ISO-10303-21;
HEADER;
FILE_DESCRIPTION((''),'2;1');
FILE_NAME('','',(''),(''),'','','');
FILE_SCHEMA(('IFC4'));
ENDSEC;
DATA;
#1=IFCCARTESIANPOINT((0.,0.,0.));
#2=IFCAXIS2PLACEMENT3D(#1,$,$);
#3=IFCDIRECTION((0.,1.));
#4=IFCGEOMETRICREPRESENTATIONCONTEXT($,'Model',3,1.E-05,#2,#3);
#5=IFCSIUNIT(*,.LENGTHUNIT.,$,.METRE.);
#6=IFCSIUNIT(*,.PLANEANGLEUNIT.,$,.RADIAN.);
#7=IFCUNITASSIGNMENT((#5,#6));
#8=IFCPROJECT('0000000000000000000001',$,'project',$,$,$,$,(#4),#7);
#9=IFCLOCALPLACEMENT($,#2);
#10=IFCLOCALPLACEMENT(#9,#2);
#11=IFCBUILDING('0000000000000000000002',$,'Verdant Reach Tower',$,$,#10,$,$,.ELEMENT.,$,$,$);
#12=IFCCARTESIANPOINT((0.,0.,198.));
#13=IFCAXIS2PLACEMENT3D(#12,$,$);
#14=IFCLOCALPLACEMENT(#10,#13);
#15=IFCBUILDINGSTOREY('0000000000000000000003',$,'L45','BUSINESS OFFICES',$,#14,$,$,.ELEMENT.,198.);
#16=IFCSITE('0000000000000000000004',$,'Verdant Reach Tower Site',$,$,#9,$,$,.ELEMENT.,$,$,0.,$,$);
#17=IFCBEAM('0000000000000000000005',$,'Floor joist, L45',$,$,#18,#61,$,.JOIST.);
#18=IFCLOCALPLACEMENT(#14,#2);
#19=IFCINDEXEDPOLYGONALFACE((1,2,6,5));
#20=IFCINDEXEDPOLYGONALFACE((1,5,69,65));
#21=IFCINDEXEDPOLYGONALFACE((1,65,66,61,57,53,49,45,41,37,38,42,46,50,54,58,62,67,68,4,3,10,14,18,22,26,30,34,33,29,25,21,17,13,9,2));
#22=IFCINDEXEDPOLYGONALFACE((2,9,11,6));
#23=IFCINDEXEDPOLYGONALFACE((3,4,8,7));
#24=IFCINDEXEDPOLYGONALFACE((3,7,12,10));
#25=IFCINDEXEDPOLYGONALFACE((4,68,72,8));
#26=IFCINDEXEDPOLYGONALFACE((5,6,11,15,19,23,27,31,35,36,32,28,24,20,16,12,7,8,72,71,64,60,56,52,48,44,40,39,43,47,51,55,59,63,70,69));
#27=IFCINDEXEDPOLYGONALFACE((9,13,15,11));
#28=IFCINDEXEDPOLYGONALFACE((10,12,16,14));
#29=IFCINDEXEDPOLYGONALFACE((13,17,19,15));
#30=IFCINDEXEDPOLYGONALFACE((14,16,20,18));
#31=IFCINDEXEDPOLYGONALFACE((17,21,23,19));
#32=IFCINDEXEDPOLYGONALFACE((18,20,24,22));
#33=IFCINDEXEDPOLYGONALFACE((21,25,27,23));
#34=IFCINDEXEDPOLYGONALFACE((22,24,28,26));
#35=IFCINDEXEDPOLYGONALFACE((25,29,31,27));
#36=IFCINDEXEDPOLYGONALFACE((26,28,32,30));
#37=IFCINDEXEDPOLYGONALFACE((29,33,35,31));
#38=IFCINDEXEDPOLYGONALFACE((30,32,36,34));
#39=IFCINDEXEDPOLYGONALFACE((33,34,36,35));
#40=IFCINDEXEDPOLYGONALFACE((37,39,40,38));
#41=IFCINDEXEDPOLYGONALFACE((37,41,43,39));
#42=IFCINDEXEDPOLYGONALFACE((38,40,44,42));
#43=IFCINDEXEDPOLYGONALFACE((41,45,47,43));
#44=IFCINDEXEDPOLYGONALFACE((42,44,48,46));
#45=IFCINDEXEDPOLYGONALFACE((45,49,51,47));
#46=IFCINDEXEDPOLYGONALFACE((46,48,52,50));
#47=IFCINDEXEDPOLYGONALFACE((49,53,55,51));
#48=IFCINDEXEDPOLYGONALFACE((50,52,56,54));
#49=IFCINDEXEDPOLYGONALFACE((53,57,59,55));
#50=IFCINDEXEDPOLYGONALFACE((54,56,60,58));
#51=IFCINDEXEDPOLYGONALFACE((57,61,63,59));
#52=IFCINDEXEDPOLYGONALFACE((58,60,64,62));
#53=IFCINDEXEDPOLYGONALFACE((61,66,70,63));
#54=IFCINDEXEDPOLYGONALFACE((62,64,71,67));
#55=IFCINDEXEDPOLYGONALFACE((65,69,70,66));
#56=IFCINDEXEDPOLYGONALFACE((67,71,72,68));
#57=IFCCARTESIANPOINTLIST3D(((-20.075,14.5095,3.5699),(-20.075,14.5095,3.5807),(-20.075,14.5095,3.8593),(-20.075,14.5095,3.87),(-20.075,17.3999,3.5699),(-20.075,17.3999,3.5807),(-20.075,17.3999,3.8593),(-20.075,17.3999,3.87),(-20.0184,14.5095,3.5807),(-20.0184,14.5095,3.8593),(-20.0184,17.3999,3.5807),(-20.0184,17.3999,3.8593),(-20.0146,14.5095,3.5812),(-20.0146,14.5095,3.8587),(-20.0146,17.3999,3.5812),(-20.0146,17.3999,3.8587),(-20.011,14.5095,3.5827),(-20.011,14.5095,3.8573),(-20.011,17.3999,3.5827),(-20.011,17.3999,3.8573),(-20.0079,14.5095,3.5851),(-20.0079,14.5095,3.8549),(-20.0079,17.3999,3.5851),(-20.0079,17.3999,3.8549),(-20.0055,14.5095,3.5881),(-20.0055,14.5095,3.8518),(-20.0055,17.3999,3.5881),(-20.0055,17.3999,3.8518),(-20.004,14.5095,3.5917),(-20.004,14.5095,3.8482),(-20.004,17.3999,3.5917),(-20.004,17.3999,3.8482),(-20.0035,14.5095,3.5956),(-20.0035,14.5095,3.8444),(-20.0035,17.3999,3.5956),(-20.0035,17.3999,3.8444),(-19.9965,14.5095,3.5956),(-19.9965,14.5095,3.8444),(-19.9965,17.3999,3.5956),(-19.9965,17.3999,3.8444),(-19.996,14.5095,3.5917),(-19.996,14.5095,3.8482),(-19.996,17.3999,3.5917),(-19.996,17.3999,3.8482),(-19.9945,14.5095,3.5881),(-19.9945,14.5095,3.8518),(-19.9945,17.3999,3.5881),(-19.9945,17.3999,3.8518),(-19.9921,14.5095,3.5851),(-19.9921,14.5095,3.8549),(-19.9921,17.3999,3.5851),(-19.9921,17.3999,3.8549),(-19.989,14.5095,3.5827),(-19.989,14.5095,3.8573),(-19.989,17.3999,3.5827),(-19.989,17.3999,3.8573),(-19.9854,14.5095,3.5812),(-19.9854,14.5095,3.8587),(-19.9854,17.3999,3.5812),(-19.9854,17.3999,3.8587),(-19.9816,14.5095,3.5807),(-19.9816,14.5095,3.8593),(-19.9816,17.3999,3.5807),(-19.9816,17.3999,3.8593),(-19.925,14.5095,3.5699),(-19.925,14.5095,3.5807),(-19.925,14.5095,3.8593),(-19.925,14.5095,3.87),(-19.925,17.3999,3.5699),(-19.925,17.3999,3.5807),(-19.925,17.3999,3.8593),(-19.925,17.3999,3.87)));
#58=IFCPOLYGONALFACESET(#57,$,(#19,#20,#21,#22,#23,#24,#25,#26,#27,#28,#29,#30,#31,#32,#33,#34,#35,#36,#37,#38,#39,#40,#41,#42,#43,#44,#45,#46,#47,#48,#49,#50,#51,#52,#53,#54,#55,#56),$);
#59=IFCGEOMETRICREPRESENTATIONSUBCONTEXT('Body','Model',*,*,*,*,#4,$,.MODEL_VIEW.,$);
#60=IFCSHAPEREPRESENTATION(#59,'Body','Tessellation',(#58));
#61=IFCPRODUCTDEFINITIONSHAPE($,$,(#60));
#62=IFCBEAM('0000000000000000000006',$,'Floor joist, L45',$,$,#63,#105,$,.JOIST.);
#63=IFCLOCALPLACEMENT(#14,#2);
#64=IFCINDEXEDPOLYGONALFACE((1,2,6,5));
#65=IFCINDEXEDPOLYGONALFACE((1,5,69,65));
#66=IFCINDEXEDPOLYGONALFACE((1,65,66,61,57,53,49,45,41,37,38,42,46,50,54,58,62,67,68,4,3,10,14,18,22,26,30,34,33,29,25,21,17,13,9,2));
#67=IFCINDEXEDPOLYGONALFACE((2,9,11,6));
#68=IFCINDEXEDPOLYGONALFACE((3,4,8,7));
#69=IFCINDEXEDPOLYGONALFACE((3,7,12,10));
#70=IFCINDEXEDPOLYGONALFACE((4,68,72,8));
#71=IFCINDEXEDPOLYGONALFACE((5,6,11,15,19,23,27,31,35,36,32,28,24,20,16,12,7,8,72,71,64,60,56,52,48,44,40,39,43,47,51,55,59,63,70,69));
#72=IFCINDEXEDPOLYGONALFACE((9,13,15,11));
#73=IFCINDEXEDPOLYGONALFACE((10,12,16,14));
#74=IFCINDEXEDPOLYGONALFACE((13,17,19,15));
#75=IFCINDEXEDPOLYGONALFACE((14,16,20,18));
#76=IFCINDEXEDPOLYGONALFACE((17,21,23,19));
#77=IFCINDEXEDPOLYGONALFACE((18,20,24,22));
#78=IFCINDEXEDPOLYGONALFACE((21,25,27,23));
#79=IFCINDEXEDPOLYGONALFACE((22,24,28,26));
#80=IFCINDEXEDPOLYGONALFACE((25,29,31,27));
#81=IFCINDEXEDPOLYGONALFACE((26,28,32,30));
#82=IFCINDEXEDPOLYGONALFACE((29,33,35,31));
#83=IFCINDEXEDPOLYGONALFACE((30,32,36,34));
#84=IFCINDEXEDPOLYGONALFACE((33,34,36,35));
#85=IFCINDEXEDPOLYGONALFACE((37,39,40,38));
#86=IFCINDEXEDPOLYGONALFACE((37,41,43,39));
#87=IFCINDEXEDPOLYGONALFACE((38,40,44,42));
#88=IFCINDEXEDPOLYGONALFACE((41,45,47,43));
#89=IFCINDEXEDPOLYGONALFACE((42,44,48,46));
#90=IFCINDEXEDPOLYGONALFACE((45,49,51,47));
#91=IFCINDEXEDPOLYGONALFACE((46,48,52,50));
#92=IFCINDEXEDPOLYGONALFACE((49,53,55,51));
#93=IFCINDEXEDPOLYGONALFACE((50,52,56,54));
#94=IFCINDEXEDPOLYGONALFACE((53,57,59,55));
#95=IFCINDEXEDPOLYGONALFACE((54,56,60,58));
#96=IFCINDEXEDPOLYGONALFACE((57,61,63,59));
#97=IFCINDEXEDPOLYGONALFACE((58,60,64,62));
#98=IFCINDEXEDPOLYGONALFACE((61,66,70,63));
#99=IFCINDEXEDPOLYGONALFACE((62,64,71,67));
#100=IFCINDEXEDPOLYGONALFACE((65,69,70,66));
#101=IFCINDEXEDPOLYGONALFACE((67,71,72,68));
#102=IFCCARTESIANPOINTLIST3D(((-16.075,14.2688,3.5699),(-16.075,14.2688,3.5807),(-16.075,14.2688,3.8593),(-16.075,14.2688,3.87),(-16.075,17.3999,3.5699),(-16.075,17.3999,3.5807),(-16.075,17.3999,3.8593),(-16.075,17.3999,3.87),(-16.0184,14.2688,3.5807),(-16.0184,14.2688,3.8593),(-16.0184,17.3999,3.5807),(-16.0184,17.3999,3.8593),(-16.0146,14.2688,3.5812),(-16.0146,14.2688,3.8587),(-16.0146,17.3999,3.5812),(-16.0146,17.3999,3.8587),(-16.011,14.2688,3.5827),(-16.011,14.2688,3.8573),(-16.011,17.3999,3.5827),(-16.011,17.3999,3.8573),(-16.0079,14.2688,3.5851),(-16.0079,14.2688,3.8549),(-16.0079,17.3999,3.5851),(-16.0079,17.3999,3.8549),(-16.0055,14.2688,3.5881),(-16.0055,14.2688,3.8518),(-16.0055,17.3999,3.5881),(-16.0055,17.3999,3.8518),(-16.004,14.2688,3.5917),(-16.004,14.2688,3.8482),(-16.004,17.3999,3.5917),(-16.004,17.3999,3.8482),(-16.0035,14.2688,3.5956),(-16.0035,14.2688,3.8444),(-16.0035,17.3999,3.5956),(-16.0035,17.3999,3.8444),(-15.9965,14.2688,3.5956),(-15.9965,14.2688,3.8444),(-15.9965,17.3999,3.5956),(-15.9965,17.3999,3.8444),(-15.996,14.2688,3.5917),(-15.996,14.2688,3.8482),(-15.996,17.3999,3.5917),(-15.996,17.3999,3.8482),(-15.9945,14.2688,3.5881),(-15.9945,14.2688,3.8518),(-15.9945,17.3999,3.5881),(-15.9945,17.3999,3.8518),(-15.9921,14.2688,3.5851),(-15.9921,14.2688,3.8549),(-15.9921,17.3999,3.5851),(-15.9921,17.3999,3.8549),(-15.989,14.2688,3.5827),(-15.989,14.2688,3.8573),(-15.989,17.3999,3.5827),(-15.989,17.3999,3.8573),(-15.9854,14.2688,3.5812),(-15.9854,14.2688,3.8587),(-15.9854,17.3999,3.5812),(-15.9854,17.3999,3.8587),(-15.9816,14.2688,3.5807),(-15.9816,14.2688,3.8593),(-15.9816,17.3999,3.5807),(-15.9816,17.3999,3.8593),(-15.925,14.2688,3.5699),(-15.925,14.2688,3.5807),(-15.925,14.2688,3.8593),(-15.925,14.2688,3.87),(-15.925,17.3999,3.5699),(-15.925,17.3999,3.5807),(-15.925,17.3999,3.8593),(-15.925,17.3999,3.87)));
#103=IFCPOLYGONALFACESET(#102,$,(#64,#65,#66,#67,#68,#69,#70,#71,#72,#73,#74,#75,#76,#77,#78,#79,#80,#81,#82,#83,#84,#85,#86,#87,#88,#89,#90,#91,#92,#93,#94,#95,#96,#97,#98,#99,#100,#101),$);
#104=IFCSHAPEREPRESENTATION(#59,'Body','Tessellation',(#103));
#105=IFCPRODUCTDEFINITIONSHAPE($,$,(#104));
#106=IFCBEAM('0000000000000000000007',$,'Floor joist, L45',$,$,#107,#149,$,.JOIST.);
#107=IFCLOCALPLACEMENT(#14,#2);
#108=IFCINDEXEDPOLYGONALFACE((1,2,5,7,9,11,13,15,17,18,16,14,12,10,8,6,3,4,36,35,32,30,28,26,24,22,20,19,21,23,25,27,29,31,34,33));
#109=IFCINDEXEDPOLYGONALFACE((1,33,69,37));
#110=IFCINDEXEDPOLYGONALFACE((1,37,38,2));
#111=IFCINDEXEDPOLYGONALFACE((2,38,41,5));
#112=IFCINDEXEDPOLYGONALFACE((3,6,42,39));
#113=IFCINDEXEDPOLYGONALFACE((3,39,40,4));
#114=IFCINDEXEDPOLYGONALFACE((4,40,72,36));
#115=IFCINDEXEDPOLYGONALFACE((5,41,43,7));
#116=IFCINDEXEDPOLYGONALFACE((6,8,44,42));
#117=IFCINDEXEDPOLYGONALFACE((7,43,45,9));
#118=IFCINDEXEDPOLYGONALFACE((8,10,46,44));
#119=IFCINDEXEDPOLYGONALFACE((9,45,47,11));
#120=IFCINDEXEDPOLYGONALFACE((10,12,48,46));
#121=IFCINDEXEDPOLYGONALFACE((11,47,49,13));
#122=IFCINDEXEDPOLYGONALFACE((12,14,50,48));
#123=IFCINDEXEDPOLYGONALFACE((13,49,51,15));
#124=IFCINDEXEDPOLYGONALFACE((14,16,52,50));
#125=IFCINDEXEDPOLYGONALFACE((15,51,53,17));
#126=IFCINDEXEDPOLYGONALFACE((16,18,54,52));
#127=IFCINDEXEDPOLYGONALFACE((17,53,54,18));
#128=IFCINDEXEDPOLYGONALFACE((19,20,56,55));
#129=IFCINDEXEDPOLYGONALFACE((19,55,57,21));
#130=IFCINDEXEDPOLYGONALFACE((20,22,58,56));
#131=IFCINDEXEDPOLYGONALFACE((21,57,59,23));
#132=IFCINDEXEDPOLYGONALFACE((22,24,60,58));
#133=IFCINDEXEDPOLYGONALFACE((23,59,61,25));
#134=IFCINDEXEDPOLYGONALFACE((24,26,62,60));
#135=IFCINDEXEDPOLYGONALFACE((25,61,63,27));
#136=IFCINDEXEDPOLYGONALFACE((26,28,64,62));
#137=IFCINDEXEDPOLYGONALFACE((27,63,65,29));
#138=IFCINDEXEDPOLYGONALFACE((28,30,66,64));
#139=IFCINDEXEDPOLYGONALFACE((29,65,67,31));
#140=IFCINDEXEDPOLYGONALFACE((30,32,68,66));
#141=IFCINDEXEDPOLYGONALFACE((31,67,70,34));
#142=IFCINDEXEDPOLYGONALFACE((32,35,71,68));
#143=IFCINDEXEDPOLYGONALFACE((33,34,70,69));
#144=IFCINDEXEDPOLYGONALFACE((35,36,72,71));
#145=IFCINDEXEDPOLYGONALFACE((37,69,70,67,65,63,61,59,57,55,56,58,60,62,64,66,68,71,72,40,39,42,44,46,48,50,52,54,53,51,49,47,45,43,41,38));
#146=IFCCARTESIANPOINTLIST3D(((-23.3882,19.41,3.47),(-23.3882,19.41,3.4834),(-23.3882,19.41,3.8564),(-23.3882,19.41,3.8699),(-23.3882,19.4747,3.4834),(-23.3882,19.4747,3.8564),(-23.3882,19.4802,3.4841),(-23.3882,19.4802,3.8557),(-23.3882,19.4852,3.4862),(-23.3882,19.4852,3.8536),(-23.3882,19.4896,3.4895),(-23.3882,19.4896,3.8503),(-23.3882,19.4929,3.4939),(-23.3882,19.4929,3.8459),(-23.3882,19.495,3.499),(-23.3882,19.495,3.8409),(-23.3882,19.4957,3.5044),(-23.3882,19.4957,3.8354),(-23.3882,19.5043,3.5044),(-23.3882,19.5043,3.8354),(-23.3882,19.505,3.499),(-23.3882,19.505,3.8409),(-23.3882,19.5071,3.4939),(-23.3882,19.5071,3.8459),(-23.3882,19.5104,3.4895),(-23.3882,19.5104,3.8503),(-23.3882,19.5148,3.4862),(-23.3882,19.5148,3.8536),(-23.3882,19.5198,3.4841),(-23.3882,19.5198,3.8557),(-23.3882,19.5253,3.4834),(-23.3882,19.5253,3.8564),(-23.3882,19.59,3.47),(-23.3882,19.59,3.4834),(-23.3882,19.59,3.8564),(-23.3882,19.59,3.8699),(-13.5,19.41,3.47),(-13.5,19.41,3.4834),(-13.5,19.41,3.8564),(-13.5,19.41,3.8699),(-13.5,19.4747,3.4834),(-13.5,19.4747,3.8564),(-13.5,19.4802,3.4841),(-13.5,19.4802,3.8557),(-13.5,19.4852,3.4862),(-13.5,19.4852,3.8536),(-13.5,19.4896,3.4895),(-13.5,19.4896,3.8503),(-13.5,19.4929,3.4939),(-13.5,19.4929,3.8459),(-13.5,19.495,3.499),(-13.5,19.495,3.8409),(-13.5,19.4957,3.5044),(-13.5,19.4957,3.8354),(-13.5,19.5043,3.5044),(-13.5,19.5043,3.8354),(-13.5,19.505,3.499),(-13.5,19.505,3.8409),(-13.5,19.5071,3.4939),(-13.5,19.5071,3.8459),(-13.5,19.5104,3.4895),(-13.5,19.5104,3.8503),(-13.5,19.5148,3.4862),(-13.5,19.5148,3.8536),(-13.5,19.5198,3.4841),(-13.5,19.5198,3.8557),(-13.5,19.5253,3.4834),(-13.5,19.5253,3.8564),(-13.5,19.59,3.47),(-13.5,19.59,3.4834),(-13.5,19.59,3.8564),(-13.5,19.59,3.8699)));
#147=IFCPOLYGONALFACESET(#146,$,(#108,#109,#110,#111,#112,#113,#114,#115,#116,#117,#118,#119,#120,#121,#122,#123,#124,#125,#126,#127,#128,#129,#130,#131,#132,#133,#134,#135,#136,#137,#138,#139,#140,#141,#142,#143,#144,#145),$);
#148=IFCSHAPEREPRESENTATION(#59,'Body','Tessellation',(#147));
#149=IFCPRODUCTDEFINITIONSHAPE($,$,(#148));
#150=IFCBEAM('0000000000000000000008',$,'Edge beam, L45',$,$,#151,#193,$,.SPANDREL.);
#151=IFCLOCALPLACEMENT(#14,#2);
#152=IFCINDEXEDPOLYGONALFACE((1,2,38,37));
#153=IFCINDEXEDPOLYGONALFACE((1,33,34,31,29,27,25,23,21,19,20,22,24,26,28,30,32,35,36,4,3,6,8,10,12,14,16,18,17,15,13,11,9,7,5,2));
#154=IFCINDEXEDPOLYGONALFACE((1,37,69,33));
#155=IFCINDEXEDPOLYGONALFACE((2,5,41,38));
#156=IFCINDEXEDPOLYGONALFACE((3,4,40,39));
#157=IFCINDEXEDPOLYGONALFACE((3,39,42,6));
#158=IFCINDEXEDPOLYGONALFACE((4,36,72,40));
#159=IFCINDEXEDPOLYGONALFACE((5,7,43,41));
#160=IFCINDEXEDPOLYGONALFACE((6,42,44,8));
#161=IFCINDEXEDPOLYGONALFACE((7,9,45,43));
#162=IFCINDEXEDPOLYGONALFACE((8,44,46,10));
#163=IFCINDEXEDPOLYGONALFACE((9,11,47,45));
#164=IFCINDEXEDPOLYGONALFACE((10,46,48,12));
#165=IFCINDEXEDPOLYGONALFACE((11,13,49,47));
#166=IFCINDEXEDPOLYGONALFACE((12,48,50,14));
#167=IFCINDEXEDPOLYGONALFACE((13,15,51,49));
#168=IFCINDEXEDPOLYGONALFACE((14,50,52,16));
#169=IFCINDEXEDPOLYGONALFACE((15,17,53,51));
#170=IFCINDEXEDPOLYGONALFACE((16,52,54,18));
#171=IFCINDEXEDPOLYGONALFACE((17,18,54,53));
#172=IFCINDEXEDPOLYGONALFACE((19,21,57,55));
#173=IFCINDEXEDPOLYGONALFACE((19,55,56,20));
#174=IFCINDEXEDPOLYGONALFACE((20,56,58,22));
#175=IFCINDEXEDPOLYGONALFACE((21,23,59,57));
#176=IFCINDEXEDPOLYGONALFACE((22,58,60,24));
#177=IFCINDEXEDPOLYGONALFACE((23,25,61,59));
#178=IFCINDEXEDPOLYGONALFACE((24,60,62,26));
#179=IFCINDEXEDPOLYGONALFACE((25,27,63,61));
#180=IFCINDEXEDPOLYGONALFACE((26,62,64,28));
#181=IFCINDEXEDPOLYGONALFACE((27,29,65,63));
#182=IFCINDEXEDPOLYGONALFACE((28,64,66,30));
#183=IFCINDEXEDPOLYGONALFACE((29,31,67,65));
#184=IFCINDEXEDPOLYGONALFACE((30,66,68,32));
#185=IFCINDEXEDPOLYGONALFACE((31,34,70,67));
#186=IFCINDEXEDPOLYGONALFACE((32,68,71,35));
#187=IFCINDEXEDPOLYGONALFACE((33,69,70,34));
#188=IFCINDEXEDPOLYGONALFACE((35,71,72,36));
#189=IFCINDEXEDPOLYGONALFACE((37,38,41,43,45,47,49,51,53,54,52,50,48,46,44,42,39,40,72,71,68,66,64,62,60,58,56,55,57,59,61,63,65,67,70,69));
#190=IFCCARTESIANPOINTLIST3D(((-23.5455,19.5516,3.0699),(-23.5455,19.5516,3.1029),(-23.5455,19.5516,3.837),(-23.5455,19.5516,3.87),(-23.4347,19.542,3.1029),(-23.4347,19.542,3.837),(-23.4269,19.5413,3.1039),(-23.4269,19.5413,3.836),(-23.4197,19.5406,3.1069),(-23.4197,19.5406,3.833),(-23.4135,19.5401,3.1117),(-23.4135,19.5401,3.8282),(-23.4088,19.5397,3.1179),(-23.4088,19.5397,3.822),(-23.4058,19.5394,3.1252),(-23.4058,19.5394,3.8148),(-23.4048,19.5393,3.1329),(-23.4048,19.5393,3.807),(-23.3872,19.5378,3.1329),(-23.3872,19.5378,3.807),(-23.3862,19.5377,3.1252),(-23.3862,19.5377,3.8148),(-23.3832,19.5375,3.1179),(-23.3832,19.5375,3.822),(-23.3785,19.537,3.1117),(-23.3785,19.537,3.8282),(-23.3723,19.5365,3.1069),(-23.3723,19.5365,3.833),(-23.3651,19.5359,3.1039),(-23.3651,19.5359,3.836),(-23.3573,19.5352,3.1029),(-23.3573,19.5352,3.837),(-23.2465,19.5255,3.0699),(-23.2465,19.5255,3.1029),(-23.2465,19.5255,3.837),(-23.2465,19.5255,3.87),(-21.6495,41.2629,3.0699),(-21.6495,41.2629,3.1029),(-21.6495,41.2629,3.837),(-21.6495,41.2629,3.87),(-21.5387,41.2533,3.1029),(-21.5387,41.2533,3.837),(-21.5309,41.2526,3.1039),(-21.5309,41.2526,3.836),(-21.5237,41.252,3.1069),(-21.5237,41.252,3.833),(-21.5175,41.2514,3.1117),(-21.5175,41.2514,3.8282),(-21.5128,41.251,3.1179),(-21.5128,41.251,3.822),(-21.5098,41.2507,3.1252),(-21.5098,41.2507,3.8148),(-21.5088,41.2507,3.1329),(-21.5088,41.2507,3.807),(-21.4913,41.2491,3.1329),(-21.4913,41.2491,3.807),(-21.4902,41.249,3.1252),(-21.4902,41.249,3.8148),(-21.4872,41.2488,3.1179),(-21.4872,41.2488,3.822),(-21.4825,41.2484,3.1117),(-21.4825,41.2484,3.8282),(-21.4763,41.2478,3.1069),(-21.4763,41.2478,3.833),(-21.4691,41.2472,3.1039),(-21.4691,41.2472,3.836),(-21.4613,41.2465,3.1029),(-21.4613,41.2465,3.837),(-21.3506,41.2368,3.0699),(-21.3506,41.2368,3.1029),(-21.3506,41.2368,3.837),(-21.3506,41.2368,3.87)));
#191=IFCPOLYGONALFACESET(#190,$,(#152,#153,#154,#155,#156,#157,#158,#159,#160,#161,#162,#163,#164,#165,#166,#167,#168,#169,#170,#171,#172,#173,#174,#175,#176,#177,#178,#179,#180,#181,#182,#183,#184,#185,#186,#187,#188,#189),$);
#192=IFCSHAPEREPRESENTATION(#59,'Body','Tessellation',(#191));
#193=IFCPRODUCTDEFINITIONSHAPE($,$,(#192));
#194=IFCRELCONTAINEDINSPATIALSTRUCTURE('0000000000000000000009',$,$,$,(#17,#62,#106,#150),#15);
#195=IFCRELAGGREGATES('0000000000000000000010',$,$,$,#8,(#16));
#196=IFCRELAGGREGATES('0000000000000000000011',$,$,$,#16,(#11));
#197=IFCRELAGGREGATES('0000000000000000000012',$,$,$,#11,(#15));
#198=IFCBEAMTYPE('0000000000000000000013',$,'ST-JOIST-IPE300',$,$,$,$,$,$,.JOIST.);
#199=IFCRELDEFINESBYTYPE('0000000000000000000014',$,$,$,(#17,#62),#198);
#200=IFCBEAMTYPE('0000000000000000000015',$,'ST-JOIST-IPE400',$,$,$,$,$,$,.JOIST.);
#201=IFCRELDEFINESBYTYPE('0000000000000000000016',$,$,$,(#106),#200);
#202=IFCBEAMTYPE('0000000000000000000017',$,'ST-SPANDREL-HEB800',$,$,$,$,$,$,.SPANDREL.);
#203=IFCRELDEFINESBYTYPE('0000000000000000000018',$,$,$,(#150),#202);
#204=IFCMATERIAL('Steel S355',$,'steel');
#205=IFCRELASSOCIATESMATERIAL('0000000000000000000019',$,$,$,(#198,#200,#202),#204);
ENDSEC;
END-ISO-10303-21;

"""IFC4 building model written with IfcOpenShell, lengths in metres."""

from ifc_helpers import new_model, si_unit, direction, frame, origin, origin_2d, place, context, subcontext, project, spatial, i_section, extrude, material, material_profile, profile_set, type_object, element, save


model = new_model("IFC4")

# Units and contexts
model_context = context("Model", 3, precision=1e-05, world=origin(), true_north=direction((0.0, 1.0)))
body_context = subcontext(model_context, "Body", "Model", "MODEL_VIEW")
ifc_project = project(units=[si_unit("LENGTHUNIT", "METRE"), si_unit("PLANEANGLEUNIT", "RADIAN")], contexts=[model_context])

# Site, building, storey
site_placement = place(None, origin())
site = spatial("IfcSite", under=ifc_project, at=site_placement, Name="Verdant Reach Tower Site", CompositionType="ELEMENT", RefElevation=0.0)
building_placement = place(site_placement, origin())
building = spatial("IfcBuilding", under=site, at=building_placement, Name="Verdant Reach Tower", CompositionType="ELEMENT")
storey_placement = place(building_placement, frame((0.0, 0.0, 198.0)))
storey = spatial("IfcBuildingStorey", under=building, at=storey_placement, Name="L45", Description="BUSINESS OFFICES", CompositionType="ELEMENT", Elevation=198.0)

# Beams
ifc_material_1 = material(Name="Steel S355", Category="steel")
ifc_material_profile_1 = material_profile(ifc_material_1, i_section(OverallWidth=0.1499, OverallDepth=0.3, WebThickness=0.0071, FlangeThickness=0.0107, FilletRadius=0.0149, at=origin_2d()), Name="IPE 300")
ifc_profile_set_1 = profile_set([ifc_material_profile_1], Name="Steel S355")
beam_type_1 = type_object("IfcBeamType", Name="ST-JOIST-IPE300", PredefinedType="JOIST", material=ifc_profile_set_1)
beam_1_placement = place(storey_placement, frame((-20.0, 17.3999, 3.72), z_axis=(0.0, -1.0, 0.0), x_axis=(1.0, 0.0, 0.0)))
element("IfcBeam", 1, at=beam_1_placement, inside=storey, type_object=beam_type_1, Name="Floor joist, L45", PredefinedType="JOIST", context=body_context, shape_type="SweptSolid", body=[
    extrude(i_section(OverallWidth=0.1499, OverallDepth=0.3, WebThickness=0.0071, FlangeThickness=0.0107, FilletRadius=0.0149, at=origin_2d()), origin(), (0.0, 0.0, 1.0), 2.8904),
])
beam_2_placement = place(storey_placement, frame((-16.0, 17.3999, 3.72), z_axis=(0.0, -1.0, 0.0), x_axis=(1.0, 0.0, 0.0)))
element("IfcBeam", 2, at=beam_2_placement, inside=storey, type_object=beam_type_1, Name="Floor joist, L45", PredefinedType="JOIST", context=body_context, shape_type="SweptSolid", body=[
    extrude(i_section(OverallWidth=0.1499, OverallDepth=0.3, WebThickness=0.0071, FlangeThickness=0.0107, FilletRadius=0.0149, at=origin_2d()), origin(), (0.0, 0.0, 1.0), 3.1311),
])
ifc_material_profile_2 = material_profile(ifc_material_1, i_section(OverallWidth=0.1799, OverallDepth=0.3999, WebThickness=0.0085, FlangeThickness=0.0134, FilletRadius=0.021, at=origin_2d()), Name="IPE 400")
ifc_profile_set_2 = profile_set([ifc_material_profile_2], Name="Steel S355")
beam_type_2 = type_object("IfcBeamType", Name="ST-JOIST-IPE400", PredefinedType="JOIST", material=ifc_profile_set_2)
beam_3_placement = place(storey_placement, frame((-13.5, 19.5, 3.6699), z_axis=(-1.0, 0.0, 0.0), x_axis=(0.0, -1.0, 0.0)))
element("IfcBeam", 3, at=beam_3_placement, inside=storey, type_object=beam_type_2, Name="Floor joist, L45", PredefinedType="JOIST", context=body_context, shape_type="SweptSolid", body=[
    extrude(i_section(OverallWidth=0.1799, OverallDepth=0.3999, WebThickness=0.0085, FlangeThickness=0.0134, FilletRadius=0.021, at=origin_2d()), origin(), (0.0, 0.0, 1.0), 9.8882),
])
ifc_material_profile_3 = material_profile(ifc_material_1, i_section(OverallWidth=0.3, OverallDepth=0.8, WebThickness=0.0176, FlangeThickness=0.033, FilletRadius=0.03, at=origin_2d()), Name="HEB 800")
ifc_profile_set_3 = profile_set([ifc_material_profile_3], Name="Steel S355")
beam_type_3 = type_object("IfcBeamType", Name="ST-SPANDREL-HEB800", PredefinedType="SPANDREL", material=ifc_profile_set_3)
beam_4_placement = place(storey_placement, frame((-23.396, 19.5386, 3.47), z_axis=(0.086996, 0.996209, 0.0), x_axis=(-0.996209, 0.086996, 0.0)))
element("IfcBeam", 4, at=beam_4_placement, inside=storey, type_object=beam_type_3, Name="Edge beam, L45", PredefinedType="SPANDREL", context=body_context, shape_type="SweptSolid", body=[
    extrude(i_section(OverallWidth=0.3, OverallDepth=0.8, WebThickness=0.0176, FlangeThickness=0.033, FilletRadius=0.03, at=origin_2d()), origin(), (0.0, 0.0, 1.0), 21.7939),
])

save(model, "model.ifc")
